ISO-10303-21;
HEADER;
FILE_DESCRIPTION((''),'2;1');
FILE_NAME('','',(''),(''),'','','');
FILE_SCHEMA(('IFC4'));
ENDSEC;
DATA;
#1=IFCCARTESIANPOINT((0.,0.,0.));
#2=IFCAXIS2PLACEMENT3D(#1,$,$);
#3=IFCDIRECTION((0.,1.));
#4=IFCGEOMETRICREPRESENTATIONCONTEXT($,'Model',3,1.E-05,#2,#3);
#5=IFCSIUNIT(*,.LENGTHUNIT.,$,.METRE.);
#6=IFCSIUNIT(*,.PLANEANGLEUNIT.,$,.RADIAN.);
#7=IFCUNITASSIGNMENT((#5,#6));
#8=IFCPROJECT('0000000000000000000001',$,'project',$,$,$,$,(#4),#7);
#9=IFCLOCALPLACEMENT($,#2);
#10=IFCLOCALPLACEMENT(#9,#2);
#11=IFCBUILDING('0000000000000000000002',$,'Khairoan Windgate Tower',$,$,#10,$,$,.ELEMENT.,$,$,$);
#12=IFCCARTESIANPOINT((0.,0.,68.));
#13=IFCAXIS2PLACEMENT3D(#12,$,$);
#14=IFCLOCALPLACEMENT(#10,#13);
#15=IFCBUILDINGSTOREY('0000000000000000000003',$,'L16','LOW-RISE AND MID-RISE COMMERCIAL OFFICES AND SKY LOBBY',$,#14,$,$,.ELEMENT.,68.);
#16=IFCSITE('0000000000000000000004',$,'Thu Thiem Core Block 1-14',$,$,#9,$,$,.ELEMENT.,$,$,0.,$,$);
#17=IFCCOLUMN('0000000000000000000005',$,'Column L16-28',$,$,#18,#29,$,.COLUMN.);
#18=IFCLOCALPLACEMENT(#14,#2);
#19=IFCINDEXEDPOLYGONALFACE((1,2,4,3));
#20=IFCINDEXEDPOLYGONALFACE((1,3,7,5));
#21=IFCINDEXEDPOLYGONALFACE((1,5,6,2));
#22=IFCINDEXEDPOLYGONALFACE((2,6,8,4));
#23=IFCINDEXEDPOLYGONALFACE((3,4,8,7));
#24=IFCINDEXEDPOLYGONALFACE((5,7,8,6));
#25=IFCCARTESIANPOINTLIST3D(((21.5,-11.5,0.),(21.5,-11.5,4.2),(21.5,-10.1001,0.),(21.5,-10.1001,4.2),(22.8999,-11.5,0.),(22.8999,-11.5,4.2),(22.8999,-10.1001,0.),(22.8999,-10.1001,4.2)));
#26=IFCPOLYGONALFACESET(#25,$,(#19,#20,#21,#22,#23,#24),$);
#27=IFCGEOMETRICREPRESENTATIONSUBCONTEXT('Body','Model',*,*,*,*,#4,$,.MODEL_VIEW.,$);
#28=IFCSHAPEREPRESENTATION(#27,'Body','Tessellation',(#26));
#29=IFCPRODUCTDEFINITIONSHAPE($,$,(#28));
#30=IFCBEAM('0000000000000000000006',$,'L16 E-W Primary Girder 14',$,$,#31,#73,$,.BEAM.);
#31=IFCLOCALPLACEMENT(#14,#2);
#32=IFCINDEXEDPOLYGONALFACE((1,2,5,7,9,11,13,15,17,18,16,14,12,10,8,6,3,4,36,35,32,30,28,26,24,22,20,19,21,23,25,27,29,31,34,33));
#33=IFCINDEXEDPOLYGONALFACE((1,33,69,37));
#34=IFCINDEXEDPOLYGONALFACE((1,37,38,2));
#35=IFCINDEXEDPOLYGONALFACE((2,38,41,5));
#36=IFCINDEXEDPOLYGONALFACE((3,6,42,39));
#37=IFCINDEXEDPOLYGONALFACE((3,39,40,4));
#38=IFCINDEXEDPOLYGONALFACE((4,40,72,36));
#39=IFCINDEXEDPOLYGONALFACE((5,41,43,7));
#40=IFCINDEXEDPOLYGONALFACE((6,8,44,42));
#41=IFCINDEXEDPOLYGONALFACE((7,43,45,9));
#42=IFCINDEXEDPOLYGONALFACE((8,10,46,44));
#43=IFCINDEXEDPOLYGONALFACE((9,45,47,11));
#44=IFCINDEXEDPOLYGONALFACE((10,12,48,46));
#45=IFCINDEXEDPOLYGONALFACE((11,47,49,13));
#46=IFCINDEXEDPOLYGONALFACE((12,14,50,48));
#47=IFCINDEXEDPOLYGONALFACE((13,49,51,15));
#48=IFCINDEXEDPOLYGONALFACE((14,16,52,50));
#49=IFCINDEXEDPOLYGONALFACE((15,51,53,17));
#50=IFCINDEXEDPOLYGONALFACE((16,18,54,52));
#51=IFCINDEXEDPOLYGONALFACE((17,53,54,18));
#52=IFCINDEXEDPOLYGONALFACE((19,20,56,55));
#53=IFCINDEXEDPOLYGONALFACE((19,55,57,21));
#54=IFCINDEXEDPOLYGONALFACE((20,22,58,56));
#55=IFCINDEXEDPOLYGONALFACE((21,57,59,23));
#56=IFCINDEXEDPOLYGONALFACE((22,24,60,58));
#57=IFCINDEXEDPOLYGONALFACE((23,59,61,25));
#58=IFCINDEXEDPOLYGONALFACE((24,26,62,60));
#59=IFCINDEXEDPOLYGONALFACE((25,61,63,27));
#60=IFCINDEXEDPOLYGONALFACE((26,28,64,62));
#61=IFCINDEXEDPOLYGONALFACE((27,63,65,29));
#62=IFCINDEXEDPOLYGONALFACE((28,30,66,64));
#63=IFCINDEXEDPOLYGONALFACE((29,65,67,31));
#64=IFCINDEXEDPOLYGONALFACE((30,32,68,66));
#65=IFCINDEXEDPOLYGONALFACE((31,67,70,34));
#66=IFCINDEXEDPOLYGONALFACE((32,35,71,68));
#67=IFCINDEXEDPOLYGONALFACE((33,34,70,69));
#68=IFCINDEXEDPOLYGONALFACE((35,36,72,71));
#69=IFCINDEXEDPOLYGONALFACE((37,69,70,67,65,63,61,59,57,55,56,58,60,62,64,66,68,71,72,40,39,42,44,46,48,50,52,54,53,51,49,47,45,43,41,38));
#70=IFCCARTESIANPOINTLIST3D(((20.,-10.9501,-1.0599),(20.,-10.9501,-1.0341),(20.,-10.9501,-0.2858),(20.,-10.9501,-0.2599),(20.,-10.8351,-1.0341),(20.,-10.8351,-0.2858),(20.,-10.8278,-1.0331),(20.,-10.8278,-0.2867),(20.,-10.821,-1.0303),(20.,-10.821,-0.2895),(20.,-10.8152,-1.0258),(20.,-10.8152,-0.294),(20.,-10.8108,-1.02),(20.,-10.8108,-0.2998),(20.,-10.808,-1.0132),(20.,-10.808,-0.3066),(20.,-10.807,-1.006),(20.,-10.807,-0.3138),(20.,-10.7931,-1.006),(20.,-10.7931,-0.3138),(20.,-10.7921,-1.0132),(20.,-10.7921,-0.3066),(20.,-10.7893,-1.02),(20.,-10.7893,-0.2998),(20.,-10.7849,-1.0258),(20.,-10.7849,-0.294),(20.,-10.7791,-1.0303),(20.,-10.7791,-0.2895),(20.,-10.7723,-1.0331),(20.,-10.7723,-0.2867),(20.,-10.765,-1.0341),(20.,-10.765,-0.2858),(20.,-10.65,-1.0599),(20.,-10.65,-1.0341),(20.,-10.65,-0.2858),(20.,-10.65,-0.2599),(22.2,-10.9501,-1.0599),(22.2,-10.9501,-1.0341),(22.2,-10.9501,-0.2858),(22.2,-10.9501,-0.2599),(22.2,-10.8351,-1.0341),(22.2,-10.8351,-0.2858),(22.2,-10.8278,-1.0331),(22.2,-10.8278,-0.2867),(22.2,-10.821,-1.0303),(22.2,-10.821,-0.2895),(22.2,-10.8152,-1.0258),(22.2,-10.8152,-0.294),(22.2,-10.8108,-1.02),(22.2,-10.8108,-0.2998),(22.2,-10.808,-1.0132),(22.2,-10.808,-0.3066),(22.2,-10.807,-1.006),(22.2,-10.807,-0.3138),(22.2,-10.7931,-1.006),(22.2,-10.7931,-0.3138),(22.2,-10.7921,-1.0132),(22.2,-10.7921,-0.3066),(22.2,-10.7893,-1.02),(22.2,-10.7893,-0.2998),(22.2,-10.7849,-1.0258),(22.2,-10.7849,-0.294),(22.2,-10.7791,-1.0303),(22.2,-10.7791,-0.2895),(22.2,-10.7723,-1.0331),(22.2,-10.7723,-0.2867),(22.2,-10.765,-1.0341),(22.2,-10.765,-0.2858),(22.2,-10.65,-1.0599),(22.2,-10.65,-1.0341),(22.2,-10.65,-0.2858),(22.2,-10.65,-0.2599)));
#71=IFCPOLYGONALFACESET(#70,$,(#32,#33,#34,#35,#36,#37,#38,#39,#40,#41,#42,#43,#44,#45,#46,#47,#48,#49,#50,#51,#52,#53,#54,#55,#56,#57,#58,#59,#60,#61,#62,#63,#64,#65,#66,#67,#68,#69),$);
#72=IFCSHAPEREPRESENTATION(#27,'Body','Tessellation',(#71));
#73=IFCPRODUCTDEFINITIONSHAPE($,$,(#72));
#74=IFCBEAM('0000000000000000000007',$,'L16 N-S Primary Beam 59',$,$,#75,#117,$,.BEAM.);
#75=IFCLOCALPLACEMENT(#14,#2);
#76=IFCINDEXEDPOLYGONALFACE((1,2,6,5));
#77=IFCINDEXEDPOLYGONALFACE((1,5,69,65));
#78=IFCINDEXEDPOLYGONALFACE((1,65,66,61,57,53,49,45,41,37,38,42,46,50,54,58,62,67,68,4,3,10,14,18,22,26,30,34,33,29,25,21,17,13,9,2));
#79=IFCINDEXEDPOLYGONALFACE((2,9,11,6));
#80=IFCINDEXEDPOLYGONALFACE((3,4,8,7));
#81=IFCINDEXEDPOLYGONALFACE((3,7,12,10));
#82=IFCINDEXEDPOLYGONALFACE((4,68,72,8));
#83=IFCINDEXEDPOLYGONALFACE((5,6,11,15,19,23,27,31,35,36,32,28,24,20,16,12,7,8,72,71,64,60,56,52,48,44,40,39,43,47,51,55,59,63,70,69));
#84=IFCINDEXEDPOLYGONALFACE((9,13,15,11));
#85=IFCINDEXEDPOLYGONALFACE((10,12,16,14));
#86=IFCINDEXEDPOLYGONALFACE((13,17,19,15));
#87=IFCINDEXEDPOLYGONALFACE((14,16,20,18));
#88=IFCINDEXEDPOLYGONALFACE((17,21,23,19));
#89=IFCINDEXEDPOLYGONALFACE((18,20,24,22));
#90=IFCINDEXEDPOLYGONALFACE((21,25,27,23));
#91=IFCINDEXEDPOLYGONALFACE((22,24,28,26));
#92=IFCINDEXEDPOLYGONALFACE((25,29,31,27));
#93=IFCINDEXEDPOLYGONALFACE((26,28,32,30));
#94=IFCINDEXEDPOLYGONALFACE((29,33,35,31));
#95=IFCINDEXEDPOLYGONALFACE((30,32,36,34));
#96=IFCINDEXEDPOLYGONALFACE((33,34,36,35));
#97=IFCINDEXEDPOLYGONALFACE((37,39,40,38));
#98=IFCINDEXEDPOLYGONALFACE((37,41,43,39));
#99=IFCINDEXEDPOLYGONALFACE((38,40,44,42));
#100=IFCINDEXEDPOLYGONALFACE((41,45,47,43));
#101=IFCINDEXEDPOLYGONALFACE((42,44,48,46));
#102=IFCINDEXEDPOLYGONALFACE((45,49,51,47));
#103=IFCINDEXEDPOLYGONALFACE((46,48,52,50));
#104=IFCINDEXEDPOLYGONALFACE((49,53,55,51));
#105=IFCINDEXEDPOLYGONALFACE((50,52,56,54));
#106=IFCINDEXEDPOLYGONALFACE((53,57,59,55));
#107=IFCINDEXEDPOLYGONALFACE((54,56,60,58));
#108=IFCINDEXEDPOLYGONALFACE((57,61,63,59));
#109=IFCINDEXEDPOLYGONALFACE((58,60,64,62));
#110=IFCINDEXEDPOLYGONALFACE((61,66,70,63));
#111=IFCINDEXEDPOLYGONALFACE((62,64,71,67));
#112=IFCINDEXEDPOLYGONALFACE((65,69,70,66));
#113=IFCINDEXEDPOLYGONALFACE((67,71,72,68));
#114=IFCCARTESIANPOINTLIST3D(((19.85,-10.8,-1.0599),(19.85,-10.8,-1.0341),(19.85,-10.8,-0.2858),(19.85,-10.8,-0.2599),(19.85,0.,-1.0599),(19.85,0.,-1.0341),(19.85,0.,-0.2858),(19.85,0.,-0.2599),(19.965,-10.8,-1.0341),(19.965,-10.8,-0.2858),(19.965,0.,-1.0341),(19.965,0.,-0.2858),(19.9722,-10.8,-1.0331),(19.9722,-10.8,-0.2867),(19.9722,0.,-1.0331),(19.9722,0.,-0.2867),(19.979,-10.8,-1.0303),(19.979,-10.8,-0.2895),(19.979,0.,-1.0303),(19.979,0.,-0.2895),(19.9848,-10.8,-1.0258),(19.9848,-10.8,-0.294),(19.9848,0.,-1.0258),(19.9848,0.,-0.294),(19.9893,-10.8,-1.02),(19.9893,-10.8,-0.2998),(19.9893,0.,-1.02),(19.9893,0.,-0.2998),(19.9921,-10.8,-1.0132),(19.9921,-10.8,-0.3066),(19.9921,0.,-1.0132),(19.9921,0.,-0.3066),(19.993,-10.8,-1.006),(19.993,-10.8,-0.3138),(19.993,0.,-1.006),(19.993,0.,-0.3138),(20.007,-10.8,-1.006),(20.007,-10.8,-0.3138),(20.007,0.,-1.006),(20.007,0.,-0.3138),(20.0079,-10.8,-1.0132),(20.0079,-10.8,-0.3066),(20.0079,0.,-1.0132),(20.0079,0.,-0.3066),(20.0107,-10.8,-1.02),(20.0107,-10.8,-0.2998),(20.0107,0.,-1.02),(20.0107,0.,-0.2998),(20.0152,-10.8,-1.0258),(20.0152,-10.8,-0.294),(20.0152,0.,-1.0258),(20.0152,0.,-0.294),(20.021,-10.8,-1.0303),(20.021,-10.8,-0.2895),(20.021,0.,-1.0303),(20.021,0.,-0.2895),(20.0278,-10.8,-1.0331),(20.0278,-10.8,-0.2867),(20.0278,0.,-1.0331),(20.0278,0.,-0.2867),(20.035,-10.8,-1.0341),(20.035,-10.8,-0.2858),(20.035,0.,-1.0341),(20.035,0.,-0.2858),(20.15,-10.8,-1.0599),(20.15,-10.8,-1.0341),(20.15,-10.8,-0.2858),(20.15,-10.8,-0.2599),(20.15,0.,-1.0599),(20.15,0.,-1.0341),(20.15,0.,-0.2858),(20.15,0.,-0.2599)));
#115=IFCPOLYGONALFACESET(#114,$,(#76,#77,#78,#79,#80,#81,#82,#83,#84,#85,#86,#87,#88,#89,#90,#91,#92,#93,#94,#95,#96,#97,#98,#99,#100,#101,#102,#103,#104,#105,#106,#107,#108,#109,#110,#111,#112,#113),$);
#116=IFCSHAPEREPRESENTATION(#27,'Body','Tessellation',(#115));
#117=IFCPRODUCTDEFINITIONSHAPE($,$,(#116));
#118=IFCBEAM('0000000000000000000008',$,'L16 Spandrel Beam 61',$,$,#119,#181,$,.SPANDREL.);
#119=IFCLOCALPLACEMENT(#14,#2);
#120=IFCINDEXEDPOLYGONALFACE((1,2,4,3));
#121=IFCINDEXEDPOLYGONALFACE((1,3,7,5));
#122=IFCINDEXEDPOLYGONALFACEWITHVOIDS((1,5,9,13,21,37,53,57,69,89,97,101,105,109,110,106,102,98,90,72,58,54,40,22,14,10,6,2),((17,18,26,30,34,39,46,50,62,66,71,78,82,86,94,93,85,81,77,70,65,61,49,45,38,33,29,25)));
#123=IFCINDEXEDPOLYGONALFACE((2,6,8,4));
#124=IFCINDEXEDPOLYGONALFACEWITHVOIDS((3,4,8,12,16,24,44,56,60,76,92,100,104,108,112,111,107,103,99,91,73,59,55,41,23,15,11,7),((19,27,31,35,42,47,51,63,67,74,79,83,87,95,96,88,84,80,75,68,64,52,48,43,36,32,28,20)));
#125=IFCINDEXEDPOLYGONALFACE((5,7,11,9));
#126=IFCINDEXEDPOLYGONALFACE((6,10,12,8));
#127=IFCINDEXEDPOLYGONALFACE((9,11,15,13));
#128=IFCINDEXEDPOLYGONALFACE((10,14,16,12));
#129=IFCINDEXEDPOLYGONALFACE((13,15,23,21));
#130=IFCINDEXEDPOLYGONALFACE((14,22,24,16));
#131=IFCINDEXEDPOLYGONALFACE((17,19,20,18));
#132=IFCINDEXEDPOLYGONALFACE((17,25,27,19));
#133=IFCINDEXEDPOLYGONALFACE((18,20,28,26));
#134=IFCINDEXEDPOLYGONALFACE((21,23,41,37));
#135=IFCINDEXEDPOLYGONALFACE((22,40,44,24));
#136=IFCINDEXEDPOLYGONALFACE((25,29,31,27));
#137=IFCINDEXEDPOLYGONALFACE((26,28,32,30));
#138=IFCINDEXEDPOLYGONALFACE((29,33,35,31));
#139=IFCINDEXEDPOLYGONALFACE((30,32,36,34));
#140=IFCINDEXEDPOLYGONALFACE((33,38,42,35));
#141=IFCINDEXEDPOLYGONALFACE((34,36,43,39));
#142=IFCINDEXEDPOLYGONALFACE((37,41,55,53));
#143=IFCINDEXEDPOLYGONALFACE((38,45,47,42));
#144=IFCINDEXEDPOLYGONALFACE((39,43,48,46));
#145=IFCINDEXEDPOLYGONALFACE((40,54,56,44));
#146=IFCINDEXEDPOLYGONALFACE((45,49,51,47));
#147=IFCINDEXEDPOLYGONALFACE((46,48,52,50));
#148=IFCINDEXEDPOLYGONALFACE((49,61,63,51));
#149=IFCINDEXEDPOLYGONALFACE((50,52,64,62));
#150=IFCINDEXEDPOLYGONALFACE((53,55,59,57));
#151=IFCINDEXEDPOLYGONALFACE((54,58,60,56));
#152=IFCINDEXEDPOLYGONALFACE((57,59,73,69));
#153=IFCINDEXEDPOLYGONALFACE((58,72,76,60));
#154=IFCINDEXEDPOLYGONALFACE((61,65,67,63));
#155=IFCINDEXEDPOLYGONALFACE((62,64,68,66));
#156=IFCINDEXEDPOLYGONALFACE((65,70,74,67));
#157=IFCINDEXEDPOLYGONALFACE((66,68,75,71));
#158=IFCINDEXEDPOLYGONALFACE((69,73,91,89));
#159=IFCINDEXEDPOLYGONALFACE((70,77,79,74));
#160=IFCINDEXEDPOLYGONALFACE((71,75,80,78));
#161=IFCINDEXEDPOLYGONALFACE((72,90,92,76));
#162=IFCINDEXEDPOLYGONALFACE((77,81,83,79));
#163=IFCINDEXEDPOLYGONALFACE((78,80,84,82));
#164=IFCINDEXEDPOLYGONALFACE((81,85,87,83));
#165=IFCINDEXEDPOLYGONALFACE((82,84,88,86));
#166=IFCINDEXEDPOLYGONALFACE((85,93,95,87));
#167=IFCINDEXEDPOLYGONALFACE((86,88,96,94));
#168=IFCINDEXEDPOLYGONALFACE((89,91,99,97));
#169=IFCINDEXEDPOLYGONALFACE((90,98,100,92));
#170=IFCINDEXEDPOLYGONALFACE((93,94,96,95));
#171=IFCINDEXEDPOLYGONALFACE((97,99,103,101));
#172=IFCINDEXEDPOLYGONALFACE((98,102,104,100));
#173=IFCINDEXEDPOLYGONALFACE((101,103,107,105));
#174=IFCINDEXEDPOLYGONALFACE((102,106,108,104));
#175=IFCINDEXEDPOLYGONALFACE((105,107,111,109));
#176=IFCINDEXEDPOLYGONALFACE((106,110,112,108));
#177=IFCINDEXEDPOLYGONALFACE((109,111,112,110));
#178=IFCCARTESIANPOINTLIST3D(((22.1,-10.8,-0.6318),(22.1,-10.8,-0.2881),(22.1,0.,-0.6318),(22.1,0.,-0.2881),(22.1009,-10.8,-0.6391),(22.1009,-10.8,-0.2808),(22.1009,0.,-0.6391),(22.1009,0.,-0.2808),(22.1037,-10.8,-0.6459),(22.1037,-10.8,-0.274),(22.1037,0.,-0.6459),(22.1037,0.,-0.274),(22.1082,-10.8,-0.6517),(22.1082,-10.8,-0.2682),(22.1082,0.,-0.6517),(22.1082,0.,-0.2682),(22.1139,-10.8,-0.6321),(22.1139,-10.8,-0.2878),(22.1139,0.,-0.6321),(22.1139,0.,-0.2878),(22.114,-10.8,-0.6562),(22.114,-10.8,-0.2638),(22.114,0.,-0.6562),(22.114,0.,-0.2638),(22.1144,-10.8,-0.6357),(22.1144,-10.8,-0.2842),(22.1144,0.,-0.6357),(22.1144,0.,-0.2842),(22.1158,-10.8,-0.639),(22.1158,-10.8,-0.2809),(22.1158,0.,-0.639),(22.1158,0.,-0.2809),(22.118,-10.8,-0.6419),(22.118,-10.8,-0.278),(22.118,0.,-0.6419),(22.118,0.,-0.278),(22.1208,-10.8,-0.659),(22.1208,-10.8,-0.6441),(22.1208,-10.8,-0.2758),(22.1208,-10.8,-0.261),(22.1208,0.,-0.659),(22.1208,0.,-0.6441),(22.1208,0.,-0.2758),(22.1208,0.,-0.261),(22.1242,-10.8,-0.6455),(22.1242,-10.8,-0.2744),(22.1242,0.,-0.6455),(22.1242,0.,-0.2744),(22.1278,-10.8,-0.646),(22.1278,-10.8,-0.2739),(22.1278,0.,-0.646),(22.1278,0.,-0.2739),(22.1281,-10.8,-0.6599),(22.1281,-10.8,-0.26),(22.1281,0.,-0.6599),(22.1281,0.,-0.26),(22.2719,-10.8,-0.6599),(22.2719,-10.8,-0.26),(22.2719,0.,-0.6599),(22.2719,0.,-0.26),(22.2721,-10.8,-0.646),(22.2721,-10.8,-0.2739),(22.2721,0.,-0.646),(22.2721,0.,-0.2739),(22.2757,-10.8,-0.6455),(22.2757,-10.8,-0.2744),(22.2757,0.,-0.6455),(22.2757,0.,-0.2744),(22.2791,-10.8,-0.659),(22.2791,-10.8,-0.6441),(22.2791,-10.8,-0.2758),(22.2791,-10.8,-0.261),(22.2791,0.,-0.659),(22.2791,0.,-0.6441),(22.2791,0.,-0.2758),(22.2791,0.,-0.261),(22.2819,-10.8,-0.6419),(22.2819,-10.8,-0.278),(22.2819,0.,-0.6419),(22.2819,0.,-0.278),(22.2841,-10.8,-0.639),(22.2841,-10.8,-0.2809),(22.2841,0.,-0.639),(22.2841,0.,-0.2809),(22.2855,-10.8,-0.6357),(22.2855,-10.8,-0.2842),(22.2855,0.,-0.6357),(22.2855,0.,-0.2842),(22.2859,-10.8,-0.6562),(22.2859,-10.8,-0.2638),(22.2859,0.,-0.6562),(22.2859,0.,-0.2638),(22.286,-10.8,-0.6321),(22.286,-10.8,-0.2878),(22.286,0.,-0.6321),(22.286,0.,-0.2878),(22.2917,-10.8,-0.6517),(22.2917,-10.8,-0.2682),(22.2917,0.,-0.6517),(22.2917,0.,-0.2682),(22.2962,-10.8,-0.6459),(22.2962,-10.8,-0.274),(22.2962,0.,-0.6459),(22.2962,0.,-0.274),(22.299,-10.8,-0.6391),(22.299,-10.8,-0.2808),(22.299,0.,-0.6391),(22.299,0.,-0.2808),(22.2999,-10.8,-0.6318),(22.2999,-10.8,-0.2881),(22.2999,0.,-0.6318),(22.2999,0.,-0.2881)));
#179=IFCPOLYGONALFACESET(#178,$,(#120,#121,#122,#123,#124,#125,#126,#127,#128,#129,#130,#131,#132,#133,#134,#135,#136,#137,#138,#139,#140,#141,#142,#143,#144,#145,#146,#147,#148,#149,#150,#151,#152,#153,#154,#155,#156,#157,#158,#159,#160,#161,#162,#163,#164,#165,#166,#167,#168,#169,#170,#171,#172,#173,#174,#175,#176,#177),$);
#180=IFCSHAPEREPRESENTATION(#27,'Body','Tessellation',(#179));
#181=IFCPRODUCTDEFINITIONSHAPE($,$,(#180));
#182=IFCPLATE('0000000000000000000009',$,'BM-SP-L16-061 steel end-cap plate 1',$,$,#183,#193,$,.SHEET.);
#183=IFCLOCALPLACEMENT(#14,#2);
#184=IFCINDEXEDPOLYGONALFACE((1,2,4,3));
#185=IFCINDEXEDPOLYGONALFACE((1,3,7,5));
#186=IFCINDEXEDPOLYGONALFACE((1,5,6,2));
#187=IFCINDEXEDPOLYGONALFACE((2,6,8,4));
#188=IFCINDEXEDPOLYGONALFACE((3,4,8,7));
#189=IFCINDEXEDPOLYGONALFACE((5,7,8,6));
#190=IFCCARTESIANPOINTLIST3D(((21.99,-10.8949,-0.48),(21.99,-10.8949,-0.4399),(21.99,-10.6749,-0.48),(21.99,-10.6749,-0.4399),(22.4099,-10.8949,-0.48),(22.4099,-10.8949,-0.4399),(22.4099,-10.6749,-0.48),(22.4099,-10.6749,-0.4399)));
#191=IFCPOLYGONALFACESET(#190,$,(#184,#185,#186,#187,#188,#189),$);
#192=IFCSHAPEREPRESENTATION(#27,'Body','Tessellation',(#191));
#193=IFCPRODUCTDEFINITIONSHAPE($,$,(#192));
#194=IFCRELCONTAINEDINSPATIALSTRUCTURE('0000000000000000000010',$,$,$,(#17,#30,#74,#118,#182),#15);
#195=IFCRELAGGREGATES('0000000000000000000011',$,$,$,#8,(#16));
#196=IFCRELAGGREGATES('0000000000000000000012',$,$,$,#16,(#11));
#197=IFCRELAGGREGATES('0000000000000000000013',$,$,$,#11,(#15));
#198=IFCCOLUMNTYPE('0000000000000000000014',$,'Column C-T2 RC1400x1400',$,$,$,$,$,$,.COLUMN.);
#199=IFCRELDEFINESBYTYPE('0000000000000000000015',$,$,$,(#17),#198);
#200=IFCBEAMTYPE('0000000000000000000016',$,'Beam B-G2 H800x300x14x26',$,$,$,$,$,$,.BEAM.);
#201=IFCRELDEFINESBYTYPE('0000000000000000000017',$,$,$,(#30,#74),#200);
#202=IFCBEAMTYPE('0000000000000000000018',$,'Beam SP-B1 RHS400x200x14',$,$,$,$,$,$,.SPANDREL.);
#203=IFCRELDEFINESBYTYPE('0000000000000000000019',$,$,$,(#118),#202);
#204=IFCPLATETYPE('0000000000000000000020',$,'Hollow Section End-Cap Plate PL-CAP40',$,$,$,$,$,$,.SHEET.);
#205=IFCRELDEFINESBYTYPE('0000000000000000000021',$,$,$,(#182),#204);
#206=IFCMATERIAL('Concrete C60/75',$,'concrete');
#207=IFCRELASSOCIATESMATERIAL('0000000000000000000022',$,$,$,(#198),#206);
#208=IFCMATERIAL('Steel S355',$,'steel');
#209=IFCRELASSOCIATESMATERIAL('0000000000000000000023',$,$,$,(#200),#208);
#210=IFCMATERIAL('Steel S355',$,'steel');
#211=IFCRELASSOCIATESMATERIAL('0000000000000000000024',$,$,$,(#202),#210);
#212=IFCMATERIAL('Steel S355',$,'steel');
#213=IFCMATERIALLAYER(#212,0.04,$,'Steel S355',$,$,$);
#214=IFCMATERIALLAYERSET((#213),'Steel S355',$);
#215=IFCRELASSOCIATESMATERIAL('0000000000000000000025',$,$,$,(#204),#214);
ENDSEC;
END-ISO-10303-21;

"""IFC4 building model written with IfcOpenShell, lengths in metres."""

from ifc_helpers import new_model, si_unit, direction, frame, origin, origin_2d, place, context, subcontext, project, spatial, rectangle, hollow_rectangle, i_section, extrude, material, layer, layer_set, material_profile, profile_set, type_object, element, save


model = new_model("IFC4")

# Units and contexts
model_context = context("Model", 3, precision=1e-05, world=origin(), true_north=direction((0.0, 1.0)))
body_context = subcontext(model_context, "Body", "Model", "MODEL_VIEW")
ifc_project = project(units=[si_unit("LENGTHUNIT", "METRE"), si_unit("PLANEANGLEUNIT", "RADIAN")], contexts=[model_context])

# Site, building, storey
site_placement = place(None, origin())
site = spatial("IfcSite", under=ifc_project, at=site_placement, Name="Thu Thiem Core Block 1-14", CompositionType="ELEMENT", RefElevation=0.0)
building_placement = place(site_placement, origin())
building = spatial("IfcBuilding", under=site, at=building_placement, Name="Khairoan Windgate Tower", CompositionType="ELEMENT")
storey_placement = place(building_placement, frame((0.0, 0.0, 68.0)))
storey = spatial("IfcBuildingStorey", under=building, at=storey_placement, Name="L16", Description="LOW-RISE AND MID-RISE COMMERCIAL OFFICES AND SKY LOBBY", CompositionType="ELEMENT", Elevation=68.0)

# Column
ifc_material_1 = material(Name="Concrete C60/75", Category="concrete")
ifc_material_profile_1 = material_profile(ifc_material_1, rectangle(XDim=1.3999, YDim=1.3999, at=origin_2d()))
ifc_profile_set_1 = profile_set([ifc_material_profile_1], Name="Concrete C60/75")
column_type = type_object("IfcColumnType", Name="Column C-T2 RC1400x1400", PredefinedType="COLUMN", material=ifc_profile_set_1)
column_placement = place(storey_placement, frame((22.2, -10.8, 0.0), z_axis=(0.0, 0.0, 1.0), x_axis=(1.0, 0.0, 0.0)))
element("IfcColumn", 1, at=column_placement, inside=storey, type_object=column_type, Name="Column L16-28", PredefinedType="COLUMN", context=body_context, shape_type="SweptSolid", body=[
    extrude(rectangle(XDim=1.3999, YDim=1.3999, at=origin_2d()), origin(), (0.0, 0.0, 1.0), 4.2),
])

# Beams
ifc_material_2 = material(Name="Steel S355", Category="steel")
ifc_material_profile_2 = material_profile(ifc_material_2, i_section(OverallWidth=0.3, OverallDepth=0.8, WebThickness=0.0139, FlangeThickness=0.0259, FilletRadius=0.0281, at=origin_2d()))
ifc_profile_set_2 = profile_set([ifc_material_profile_2], Name="Steel S355")
beam_type_1 = type_object("IfcBeamType", Name="Beam B-G2 H800x300x14x26", PredefinedType="BEAM", material=ifc_profile_set_2)
beam_1_placement = place(storey_placement, frame((20.0, -10.8, -0.6599), z_axis=(1.0, 0.0, 0.0), x_axis=(0.0, 1.0, 0.0)))
element("IfcBeam", 2, at=beam_1_placement, inside=storey, type_object=beam_type_1, Name="L16 E-W Primary Girder 14", PredefinedType="BEAM", context=body_context, shape_type="SweptSolid", body=[
    extrude(i_section(OverallWidth=0.3, OverallDepth=0.8, WebThickness=0.0139, FlangeThickness=0.0259, FilletRadius=0.0281, at=origin_2d()), origin(), (0.0, 0.0, 1.0), 2.2),
])
beam_2_placement = place(storey_placement, frame((20.0, -10.8, -0.6599), z_axis=(0.0, 1.0, 0.0), x_axis=(-1.0, 0.0, 0.0)))
element("IfcBeam", 3, at=beam_2_placement, inside=storey, type_object=beam_type_1, Name="L16 N-S Primary Beam 59", PredefinedType="BEAM", context=body_context, shape_type="SweptSolid", body=[
    extrude(i_section(OverallWidth=0.3, OverallDepth=0.8, WebThickness=0.0139, FlangeThickness=0.0259, FilletRadius=0.0281, at=origin_2d()), origin(), (0.0, 0.0, 1.0), 10.8),
])
ifc_material_3 = material(Name="Steel S355", Category="steel")
ifc_material_profile_3 = material_profile(ifc_material_3, hollow_rectangle(XDim=0.2, YDim=0.3999, WallThickness=0.0139, InnerFilletRadius=0.0139, OuterFilletRadius=0.0281, at=origin_2d()))
ifc_profile_set_3 = profile_set([ifc_material_profile_3], Name="Steel S355")
beam_type_2 = type_object("IfcBeamType", Name="Beam SP-B1 RHS400x200x14", PredefinedType="SPANDREL", material=ifc_profile_set_3)
beam_3_placement = place(storey_placement, frame((22.2, -10.8, -0.46), z_axis=(0.0, 1.0, 0.0), x_axis=(-1.0, 0.0, 0.0)))
element("IfcBeam", 4, at=beam_3_placement, inside=storey, type_object=beam_type_2, Name="L16 Spandrel Beam 61", PredefinedType="SPANDREL", context=body_context, shape_type="SweptSolid", body=[
    extrude(hollow_rectangle(XDim=0.2, YDim=0.3999, WallThickness=0.0139, InnerFilletRadius=0.0139, OuterFilletRadius=0.0281, at=origin_2d()), origin(), (0.0, 0.0, 1.0), 10.8),
])

# Plate
ifc_material_4 = material(Name="Steel S355", Category="steel")
ifc_layer_1 = layer(ifc_material_4, 0.04, Name="Steel S355")
ifc_layer_set_1 = layer_set([ifc_layer_1], Name="Steel S355")
plate_type = type_object("IfcPlateType", Name="Hollow Section End-Cap Plate PL-CAP40", PredefinedType="SHEET", material=ifc_layer_set_1)
plate_placement = place(storey_placement, frame((22.2, -10.7849, -0.48), z_axis=(0.0, 0.0, 1.0), x_axis=(0.0, 1.0, 0.0)))
element("IfcPlate", 5, at=plate_placement, inside=storey, type_object=plate_type, Name="BM-SP-L16-061 steel end-cap plate 1", PredefinedType="SHEET", context=body_context, shape_type="SweptSolid", body=[
    extrude(rectangle(XDim=0.22, YDim=0.4199, at=origin_2d()), origin(), (0.0, 0.0, 1.0), 0.04),
])

save(model, "model.ifc")
